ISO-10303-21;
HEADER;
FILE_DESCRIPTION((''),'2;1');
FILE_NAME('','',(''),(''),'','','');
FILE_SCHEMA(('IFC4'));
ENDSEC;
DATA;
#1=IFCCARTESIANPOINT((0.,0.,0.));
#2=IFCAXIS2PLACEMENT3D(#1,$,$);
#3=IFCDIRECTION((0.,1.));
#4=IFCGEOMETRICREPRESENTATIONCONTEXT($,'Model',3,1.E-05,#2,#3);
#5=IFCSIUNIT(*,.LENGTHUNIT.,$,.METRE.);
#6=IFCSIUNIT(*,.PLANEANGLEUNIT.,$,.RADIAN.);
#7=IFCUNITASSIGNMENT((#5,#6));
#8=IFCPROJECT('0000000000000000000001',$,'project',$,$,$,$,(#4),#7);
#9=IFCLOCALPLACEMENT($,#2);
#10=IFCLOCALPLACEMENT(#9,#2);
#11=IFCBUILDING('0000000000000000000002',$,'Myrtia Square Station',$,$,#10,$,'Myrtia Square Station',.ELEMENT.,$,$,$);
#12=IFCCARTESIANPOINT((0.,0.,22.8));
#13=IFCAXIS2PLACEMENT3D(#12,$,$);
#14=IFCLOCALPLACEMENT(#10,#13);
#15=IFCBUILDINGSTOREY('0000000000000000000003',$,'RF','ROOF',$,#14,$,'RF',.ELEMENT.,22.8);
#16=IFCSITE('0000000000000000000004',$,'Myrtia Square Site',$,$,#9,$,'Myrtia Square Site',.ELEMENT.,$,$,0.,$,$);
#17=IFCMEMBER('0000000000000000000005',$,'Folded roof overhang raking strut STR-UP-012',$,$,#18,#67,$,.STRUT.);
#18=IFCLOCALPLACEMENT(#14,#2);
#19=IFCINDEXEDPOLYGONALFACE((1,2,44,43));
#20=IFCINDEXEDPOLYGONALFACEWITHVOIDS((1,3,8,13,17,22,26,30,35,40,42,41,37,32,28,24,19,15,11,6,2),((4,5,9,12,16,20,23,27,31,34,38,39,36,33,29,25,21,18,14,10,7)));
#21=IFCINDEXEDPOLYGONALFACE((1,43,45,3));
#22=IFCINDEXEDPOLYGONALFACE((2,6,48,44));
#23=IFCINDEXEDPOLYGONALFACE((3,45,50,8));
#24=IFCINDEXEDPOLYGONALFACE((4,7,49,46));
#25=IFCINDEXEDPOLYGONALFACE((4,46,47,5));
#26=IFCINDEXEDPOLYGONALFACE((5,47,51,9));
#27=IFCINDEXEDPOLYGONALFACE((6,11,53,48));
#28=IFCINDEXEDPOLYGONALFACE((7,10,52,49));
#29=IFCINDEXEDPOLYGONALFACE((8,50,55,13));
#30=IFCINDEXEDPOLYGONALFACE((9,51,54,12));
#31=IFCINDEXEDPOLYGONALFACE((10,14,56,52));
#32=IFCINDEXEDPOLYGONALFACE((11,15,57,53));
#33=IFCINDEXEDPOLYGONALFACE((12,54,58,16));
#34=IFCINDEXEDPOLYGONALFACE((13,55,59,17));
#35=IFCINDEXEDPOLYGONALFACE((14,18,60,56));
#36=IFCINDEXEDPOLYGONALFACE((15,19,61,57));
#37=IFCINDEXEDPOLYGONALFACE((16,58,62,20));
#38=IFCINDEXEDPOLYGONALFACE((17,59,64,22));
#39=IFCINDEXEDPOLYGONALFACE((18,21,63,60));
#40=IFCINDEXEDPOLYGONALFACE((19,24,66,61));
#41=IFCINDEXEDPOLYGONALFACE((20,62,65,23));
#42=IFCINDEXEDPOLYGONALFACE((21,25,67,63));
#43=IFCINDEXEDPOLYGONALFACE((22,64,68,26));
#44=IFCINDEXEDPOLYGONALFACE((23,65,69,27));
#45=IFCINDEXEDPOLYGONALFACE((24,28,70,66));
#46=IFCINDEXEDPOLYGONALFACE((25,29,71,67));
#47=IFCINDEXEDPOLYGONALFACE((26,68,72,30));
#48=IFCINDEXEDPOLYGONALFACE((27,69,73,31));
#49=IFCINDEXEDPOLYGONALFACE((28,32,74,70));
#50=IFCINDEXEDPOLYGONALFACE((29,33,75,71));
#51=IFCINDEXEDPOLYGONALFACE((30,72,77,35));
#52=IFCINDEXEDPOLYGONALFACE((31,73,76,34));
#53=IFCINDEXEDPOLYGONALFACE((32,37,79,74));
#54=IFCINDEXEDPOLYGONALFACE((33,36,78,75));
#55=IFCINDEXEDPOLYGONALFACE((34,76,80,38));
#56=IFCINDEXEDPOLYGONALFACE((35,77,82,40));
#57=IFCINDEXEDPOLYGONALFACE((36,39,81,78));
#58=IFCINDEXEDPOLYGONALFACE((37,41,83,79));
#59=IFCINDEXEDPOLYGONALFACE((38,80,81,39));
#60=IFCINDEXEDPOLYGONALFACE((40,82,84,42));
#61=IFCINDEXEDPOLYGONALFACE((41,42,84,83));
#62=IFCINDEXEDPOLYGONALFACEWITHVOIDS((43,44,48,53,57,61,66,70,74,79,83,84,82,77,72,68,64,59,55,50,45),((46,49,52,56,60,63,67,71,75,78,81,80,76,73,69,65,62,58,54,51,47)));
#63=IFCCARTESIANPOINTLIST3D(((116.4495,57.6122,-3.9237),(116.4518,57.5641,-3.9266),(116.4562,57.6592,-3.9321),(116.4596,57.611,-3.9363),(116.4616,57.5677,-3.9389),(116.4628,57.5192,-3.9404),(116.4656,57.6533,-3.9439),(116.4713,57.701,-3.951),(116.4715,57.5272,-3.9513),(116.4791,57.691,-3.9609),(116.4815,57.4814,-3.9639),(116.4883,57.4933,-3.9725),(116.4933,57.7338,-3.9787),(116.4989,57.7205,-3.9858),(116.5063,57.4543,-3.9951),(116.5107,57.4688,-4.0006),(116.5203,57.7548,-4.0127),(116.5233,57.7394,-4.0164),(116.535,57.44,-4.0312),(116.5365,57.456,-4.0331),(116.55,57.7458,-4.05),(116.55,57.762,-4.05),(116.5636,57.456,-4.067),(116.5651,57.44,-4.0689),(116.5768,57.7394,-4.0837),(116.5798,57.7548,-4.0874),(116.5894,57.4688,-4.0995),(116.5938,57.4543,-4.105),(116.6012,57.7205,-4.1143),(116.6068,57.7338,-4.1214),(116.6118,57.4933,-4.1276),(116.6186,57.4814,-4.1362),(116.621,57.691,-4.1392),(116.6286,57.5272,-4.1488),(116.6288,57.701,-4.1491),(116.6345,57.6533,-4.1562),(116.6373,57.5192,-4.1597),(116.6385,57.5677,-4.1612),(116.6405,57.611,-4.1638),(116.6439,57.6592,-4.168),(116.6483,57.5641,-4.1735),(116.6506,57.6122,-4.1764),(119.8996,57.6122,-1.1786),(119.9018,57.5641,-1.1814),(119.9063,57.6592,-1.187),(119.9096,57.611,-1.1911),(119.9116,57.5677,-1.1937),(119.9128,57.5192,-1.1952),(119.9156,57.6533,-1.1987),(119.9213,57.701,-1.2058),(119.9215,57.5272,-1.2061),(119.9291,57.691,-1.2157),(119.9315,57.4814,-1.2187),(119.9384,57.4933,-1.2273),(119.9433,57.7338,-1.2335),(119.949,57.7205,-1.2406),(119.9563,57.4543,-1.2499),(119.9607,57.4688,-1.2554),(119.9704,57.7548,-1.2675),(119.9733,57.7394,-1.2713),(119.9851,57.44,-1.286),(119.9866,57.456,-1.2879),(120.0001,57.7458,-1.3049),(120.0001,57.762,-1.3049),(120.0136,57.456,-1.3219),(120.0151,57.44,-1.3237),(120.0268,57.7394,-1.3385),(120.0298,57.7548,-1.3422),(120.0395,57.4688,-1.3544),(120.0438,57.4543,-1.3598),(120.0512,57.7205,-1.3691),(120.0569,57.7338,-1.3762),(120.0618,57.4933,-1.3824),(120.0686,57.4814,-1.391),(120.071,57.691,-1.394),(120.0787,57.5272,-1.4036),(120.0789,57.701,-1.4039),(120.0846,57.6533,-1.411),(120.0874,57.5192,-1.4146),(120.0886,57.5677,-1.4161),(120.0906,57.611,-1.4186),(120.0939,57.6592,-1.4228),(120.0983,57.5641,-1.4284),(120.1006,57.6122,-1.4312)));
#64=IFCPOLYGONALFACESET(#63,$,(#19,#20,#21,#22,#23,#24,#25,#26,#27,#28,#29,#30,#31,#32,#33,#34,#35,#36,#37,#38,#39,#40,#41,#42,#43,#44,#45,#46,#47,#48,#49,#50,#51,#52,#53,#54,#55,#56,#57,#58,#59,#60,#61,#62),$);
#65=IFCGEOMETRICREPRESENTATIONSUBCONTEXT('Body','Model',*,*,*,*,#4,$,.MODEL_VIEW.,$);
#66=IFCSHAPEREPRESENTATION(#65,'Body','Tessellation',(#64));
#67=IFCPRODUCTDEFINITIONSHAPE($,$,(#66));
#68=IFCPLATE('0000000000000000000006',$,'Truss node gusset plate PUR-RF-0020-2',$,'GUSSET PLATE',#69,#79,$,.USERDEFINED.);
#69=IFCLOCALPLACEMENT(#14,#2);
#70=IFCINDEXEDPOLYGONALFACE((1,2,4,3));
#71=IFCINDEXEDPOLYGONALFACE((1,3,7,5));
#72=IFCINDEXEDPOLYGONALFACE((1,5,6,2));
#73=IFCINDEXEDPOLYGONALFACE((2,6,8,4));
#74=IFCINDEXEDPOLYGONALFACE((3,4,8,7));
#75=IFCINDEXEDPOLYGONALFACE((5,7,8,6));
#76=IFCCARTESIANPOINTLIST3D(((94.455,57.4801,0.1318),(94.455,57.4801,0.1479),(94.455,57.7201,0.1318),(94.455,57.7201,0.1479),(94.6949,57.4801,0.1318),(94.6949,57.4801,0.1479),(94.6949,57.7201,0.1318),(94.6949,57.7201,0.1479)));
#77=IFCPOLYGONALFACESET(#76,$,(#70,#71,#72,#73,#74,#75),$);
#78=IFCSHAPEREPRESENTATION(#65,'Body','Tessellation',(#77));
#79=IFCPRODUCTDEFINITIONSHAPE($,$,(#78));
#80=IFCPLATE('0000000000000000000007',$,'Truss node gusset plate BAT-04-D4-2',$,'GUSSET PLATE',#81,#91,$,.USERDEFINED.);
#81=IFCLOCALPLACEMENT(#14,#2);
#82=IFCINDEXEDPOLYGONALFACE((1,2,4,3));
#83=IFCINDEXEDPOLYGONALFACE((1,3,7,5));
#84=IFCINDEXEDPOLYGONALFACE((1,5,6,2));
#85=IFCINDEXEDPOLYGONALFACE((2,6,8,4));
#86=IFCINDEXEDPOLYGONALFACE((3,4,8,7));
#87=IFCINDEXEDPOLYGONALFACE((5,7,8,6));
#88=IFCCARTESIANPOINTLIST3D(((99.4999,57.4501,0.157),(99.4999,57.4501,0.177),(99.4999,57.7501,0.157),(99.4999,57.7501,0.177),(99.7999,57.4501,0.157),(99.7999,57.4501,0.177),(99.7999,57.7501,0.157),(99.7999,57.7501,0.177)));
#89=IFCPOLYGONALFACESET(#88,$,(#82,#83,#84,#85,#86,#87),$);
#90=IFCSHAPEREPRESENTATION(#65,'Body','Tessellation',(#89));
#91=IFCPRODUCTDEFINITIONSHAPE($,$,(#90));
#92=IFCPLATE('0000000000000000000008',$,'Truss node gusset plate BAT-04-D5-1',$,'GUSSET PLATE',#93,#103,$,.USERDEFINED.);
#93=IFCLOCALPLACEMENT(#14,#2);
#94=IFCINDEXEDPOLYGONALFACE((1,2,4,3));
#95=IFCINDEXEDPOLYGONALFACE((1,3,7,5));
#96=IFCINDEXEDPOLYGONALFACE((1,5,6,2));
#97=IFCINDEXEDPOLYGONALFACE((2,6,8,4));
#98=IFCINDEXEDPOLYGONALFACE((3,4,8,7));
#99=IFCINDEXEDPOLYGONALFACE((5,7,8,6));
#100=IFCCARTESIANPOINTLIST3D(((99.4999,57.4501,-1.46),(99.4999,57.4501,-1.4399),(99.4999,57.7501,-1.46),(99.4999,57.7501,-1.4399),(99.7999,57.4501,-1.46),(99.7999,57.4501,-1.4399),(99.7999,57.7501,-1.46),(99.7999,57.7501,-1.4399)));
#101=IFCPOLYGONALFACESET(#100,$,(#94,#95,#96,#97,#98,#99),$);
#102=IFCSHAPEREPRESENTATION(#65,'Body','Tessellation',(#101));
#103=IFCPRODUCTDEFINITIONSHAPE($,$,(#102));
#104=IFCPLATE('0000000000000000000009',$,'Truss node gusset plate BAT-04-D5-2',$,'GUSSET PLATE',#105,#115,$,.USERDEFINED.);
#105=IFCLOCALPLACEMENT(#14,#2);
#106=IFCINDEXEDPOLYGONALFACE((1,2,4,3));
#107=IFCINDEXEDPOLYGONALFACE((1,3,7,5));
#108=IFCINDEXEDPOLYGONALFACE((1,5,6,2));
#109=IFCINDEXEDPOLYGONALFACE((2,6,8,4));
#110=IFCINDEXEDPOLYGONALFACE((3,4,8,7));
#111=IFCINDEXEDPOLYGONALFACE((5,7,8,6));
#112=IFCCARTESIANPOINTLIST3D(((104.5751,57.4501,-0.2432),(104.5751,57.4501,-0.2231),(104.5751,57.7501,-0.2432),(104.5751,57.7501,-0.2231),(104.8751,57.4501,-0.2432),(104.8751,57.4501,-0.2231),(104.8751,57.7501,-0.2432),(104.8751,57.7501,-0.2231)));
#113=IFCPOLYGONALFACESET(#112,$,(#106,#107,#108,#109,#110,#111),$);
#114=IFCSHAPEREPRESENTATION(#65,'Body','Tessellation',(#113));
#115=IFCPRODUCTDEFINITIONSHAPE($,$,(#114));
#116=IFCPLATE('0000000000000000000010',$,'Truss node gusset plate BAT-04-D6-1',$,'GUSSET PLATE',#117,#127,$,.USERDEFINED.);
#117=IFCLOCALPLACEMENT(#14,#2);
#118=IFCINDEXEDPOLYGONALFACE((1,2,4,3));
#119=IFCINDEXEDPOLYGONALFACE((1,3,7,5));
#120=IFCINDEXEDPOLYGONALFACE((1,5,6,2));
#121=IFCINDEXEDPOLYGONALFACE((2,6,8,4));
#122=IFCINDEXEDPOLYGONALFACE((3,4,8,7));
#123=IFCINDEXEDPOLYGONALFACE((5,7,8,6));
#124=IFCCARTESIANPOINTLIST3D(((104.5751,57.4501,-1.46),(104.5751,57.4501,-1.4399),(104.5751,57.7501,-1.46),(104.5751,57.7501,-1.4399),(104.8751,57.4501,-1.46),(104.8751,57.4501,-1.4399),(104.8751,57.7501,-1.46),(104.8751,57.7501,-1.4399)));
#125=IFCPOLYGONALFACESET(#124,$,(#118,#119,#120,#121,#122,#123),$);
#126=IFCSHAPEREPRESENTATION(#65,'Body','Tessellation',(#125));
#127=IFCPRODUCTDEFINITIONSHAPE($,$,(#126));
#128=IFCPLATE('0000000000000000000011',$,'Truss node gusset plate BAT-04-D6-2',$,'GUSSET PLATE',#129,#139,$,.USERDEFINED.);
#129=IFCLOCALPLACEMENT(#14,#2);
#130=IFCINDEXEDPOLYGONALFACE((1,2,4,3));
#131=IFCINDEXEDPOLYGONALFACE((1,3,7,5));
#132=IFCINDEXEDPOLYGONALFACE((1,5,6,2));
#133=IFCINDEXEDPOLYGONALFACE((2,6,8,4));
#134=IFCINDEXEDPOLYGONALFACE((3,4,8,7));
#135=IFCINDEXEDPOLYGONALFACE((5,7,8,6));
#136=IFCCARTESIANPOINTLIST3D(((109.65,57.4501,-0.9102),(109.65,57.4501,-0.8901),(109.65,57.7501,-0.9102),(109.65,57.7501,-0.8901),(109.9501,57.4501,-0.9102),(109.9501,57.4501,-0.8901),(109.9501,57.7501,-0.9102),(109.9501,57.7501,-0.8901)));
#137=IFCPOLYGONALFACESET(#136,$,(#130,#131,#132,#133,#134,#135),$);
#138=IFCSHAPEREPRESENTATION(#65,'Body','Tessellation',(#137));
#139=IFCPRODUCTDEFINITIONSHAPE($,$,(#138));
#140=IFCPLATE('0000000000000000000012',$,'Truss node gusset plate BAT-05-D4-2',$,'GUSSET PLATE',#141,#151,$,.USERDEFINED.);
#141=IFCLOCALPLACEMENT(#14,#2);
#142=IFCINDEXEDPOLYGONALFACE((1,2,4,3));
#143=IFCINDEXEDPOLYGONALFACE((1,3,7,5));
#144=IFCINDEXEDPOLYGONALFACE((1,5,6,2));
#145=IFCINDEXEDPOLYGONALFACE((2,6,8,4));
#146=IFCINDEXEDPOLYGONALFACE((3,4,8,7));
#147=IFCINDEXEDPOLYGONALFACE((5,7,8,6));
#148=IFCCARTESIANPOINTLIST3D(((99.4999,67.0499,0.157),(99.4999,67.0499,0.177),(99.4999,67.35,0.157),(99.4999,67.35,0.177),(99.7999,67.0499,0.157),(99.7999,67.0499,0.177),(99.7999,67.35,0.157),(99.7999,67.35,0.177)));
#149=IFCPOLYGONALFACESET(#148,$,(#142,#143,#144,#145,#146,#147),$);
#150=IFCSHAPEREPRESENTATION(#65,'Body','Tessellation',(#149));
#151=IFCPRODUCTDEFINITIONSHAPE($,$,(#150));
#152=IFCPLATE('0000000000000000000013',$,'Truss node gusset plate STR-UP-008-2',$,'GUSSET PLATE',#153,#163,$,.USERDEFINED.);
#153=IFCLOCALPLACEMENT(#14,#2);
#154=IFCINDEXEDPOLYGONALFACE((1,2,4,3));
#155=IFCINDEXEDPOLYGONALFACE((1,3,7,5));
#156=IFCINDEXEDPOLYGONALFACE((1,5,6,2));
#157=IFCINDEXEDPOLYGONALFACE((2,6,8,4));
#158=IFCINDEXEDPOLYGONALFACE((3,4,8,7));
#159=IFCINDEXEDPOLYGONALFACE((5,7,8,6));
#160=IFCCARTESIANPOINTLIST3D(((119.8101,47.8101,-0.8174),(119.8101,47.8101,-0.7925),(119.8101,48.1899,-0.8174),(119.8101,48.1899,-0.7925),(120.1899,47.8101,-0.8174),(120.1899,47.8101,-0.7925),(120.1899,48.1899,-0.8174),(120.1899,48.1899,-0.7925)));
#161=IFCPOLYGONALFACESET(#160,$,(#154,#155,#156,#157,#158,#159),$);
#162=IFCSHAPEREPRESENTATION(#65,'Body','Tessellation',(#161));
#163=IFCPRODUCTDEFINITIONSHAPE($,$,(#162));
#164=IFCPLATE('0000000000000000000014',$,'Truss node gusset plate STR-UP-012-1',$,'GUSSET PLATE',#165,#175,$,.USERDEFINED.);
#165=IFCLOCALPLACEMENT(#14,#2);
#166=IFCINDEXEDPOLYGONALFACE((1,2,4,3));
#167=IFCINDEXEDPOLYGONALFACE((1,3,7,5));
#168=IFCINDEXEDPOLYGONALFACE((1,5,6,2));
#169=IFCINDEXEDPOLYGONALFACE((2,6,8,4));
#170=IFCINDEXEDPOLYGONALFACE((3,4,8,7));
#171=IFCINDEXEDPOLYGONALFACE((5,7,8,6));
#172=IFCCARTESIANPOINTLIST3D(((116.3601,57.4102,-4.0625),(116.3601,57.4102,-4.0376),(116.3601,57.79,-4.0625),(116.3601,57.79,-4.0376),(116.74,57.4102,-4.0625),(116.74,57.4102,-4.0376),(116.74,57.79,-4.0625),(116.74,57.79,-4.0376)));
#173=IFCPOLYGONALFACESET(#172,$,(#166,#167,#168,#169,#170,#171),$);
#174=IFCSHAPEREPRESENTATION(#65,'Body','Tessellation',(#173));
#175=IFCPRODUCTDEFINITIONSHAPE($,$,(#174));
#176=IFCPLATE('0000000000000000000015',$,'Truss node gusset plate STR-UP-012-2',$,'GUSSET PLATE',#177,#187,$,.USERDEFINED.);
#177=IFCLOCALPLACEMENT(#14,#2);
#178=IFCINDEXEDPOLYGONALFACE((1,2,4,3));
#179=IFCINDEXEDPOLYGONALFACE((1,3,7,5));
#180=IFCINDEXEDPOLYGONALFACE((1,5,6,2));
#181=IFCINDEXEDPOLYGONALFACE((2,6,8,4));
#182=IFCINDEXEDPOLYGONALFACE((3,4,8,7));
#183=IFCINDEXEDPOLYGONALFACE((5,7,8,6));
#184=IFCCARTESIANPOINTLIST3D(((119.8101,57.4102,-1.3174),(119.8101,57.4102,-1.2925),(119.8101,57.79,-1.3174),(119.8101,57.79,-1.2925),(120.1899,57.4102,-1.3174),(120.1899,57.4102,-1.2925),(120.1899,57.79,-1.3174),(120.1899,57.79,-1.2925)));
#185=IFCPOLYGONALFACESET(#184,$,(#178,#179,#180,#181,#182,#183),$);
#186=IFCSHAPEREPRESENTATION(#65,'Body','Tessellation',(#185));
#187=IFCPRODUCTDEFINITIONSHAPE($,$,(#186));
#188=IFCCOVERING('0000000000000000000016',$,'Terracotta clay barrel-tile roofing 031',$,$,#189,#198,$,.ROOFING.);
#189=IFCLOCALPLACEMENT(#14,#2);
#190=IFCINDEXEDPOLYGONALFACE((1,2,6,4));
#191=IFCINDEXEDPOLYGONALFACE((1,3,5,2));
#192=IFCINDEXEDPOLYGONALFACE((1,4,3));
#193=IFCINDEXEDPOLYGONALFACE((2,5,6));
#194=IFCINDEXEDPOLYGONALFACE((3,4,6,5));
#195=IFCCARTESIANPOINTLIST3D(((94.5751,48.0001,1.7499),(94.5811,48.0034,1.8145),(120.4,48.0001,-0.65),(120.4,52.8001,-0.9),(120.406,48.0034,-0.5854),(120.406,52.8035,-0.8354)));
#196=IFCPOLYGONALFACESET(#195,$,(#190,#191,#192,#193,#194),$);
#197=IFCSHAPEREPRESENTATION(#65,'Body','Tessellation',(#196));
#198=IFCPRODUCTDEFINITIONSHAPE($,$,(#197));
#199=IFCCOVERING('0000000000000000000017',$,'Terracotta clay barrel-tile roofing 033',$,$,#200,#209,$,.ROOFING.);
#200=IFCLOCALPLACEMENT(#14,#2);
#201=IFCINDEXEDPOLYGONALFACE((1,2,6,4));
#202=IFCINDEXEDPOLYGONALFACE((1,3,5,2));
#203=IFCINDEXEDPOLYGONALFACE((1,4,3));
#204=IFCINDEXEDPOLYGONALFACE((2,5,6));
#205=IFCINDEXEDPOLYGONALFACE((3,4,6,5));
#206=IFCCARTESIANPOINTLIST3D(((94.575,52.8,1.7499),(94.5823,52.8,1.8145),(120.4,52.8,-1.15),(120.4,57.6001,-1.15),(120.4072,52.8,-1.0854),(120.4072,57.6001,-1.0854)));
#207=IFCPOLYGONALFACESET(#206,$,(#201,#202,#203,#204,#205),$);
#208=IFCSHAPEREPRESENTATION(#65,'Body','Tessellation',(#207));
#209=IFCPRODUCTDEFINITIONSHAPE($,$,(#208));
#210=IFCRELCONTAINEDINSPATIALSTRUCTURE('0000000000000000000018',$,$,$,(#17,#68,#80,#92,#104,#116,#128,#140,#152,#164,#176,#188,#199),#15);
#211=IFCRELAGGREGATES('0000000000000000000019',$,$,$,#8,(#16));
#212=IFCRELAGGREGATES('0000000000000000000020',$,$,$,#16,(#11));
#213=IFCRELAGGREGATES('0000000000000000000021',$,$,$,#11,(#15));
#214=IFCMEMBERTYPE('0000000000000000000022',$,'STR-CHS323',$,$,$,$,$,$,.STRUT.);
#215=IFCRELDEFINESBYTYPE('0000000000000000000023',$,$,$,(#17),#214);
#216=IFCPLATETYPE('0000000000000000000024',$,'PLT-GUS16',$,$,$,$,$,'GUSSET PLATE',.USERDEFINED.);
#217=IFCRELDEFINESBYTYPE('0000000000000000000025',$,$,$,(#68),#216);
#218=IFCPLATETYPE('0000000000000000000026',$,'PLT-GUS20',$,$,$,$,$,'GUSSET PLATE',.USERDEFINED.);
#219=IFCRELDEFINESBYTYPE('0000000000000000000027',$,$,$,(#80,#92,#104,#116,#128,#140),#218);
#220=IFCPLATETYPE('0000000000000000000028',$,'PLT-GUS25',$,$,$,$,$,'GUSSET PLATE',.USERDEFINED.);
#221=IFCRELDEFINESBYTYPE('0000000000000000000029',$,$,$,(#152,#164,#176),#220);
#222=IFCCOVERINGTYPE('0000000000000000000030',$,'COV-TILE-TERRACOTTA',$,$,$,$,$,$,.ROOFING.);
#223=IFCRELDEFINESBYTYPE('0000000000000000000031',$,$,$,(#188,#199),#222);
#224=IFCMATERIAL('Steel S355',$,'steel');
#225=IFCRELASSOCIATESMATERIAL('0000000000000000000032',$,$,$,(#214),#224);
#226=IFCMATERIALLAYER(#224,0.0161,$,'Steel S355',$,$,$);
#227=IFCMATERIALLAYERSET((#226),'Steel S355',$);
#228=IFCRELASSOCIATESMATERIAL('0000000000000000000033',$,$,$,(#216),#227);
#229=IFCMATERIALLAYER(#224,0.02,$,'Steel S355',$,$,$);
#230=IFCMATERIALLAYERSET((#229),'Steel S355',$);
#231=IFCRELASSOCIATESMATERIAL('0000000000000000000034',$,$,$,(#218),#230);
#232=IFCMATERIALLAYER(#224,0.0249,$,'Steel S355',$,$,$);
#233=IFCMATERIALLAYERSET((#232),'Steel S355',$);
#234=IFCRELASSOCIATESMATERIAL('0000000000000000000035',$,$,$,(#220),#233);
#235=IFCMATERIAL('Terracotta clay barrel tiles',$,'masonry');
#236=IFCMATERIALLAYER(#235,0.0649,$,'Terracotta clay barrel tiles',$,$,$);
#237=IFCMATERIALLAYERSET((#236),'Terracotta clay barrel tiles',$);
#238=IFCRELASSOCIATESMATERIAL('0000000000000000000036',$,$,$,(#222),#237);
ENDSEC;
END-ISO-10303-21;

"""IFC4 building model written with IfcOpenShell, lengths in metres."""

from ifc_helpers import new_model, si_unit, direction, frame, origin, origin_2d, place, context, subcontext, project, spatial, polyline, rectangle, hollow_circle, outline, extrude, material, layer, layer_set, material_profile, profile_set, type_object, element, save


model = new_model("IFC4")

# Units and contexts
model_context = context("Model", 3, precision=1e-05, world=origin(), true_north=direction((0.0, 1.0)))
body_context = subcontext(model_context, "Body", "Model", "MODEL_VIEW")
ifc_project = project(units=[si_unit("LENGTHUNIT", "METRE"), si_unit("PLANEANGLEUNIT", "RADIAN")], contexts=[model_context])

# Site, building, storey
site_placement = place(None, origin())
site = spatial("IfcSite", under=ifc_project, at=site_placement, Name="Myrtia Square Site", LongName="Myrtia Square Site", CompositionType="ELEMENT", RefElevation=0.0)
building_placement = place(site_placement, origin())
building = spatial("IfcBuilding", under=site, at=building_placement, Name="Myrtia Square Station", LongName="Myrtia Square Station", CompositionType="ELEMENT")
storey_placement = place(building_placement, frame((0.0, 0.0, 22.8)))
storey = spatial("IfcBuildingStorey", under=building, at=storey_placement, Name="RF", Description="ROOF", LongName="RF", CompositionType="ELEMENT", Elevation=22.8)

# Member
ifc_material_1 = material(Name="Steel S355", Category="steel")
ifc_material_profile_1 = material_profile(ifc_material_1, hollow_circle(Radius=0.1619, WallThickness=0.0161, at=origin_2d()), Name="CHS 323.9x16")
ifc_profile_set_1 = profile_set([ifc_material_profile_1], Name="Steel S355")
member_type_1 = type_object("IfcMemberType", Name="STR-CHS323", PredefinedType="STRUT", material=ifc_profile_set_1)
member_1_placement = place(storey_placement, frame((116.55, 57.6001, -4.05), z_axis=(0.782508, 0.0, 0.62264), x_axis=(0.0, 1.0, 0.0)))
element("IfcMember", 1, at=member_1_placement, inside=storey, type_object=member_type_1, Name="Folded roof overhang raking strut STR-UP-012", PredefinedType="STRUT", context=body_context, shape_type="SweptSolid", body=[
    extrude(hollow_circle(Radius=0.1619, WallThickness=0.0161, at=origin_2d()), origin(), (0.0, 0.0, 1.0), 4.4089),
])

# Plates
ifc_layer_1 = layer(ifc_material_1, 0.0161, Name="Steel S355")
ifc_layer_set_1 = layer_set([ifc_layer_1], Name="Steel S355")
plate_type_1 = type_object("IfcPlateType", Name="PLT-GUS16", ElementType="GUSSET PLATE", PredefinedType="USERDEFINED", material=ifc_layer_set_1)
plate_placement = place(storey_placement, frame((94.575, 57.6001, 0.1318), z_axis=(0.0, 0.0, 1.0), x_axis=(0.0, 1.0, 0.0)))
element("IfcPlate", 2, at=plate_placement, inside=storey, type_object=plate_type_1, Name="Truss node gusset plate PUR-RF-0020-2", ObjectType="GUSSET PLATE", PredefinedType="USERDEFINED", context=body_context, shape_type="SweptSolid", body=[
    extrude(rectangle(XDim=0.24, YDim=0.24, at=origin_2d()), origin(), (0.0, 0.0, 1.0), 0.0161),
])
ifc_layer_2 = layer(ifc_material_1, 0.02, Name="Steel S355")
ifc_layer_set_2 = layer_set([ifc_layer_2], Name="Steel S355")
plate_type_2 = type_object("IfcPlateType", Name="PLT-GUS20", ElementType="GUSSET PLATE", PredefinedType="USERDEFINED", material=ifc_layer_set_2)
for number, where, z_axis, x_axis, name in (
    (3, (99.6499, 57.6001, 0.157), (0.0, 0.0, 1.0), (1.0, 0.0, 0.0), "Truss node gusset plate BAT-04-D4-2"),
    (4, (99.6499, 57.6001, -1.46), (0.0, 0.0, 1.0), (1.0, 0.0, 0.0), "Truss node gusset plate BAT-04-D5-1"),
    (5, (104.7251, 57.6001, -0.2432), (0.0, 0.0, 1.0), (1.0, 0.0, 0.0), "Truss node gusset plate BAT-04-D5-2"),
    (6, (104.7251, 57.6001, -1.46), (0.0, 0.0, 1.0), (1.0, 0.0, 0.0), "Truss node gusset plate BAT-04-D6-1"),
    (7, (109.8, 57.6001, -0.9102), (0.0, 0.0, 1.0), (1.0, 0.0, 0.0), "Truss node gusset plate BAT-04-D6-2"),
    (8, (99.6499, 67.2, 0.157), (0.0, 0.0, 1.0), (1.0, 0.0, 0.0), "Truss node gusset plate BAT-05-D4-2"),
):
    element("IfcPlate", number, at=place(storey_placement, frame(where, z_axis=z_axis, x_axis=x_axis)), inside=storey, type_object=plate_type_2, Name=name, ObjectType="GUSSET PLATE", PredefinedType="USERDEFINED", context=body_context, shape_type="SweptSolid", body=[
        extrude(rectangle(XDim=0.3, YDim=0.3, at=origin_2d()), origin(), (0.0, 0.0, 1.0), 0.02),
    ])
ifc_layer_3 = layer(ifc_material_1, 0.0249, Name="Steel S355")
ifc_layer_set_3 = layer_set([ifc_layer_3], Name="Steel S355")
plate_type_3 = type_object("IfcPlateType", Name="PLT-GUS25", ElementType="GUSSET PLATE", PredefinedType="USERDEFINED", material=ifc_layer_set_3)
for number, where, z_axis, x_axis, name in (
    (9, (120.0, 48.0, -0.8174), (0.0, 0.0, 1.0), (1.0, 0.0, 0.0), "Truss node gusset plate STR-UP-008-2"),
    (10, (116.55, 57.6001, -4.0625), (0.0, 0.0, 1.0), (1.0, 0.0, 0.0), "Truss node gusset plate STR-UP-012-1"),
    (11, (120.0, 57.6001, -1.3174), (0.0, 0.0, 1.0), (1.0, 0.0, 0.0), "Truss node gusset plate STR-UP-012-2"),
):
    element("IfcPlate", number, at=place(storey_placement, frame(where, z_axis=z_axis, x_axis=x_axis)), inside=storey, type_object=plate_type_3, Name=name, ObjectType="GUSSET PLATE", PredefinedType="USERDEFINED", context=body_context, shape_type="SweptSolid", body=[
        extrude(rectangle(XDim=0.3799, YDim=0.3799, at=origin_2d()), origin(), (0.0, 0.0, 1.0), 0.0249),
    ])

# Coverings
ifc_material_2 = material(Name="Terracotta clay barrel tiles", Category="masonry")
ifc_layer_4 = layer(ifc_material_2, 0.0649, Name="Terracotta clay barrel tiles")
ifc_layer_set_4 = layer_set([ifc_layer_4], Name="Terracotta clay barrel tiles")
covering_type = type_object("IfcCoveringType", Name="COV-TILE-TERRACOTTA", PredefinedType="ROOFING", material=ifc_layer_set_4)
covering_1_placement = place(storey_placement, frame((94.5811, 48.0034, 1.8145), z_axis=(0.092407, 0.05179, 0.994374), x_axis=(0.99571, 0.0, -0.092531)))
element("IfcCovering", 12, at=covering_1_placement, inside=storey, type_object=covering_type, Name="Terracotta clay barrel-tile roofing 031", PredefinedType="ROOFING", context=body_context, shape_type="SweptSolid", body=[
    extrude(outline(polyline([(0.0, 0.0), (25.9362, 0.0), (25.9594, 4.8065), (0.0, 0.0)])), origin(), (0.0, 0.0, -1.0), 0.0649),
])
covering_2_placement = place(storey_placement, frame((94.5823, 52.8, 1.8145), z_axis=(0.111589, 0.0, 0.993754), x_axis=(0.993754, 0.0, -0.111589)))
element("IfcCovering", 13, at=covering_2_placement, inside=storey, type_object=covering_type, Name="Terracotta clay barrel-tile roofing 033", PredefinedType="ROOFING", context=body_context, shape_type="SweptSolid", body=[
    extrude(outline(polyline([(0.0, 0.0), (25.9873, 0.0), (25.9873, 4.8), (0.0, 0.0)])), origin(), (0.0, 0.0, -1.0), 0.0649),
])

save(model, "model.ifc")
